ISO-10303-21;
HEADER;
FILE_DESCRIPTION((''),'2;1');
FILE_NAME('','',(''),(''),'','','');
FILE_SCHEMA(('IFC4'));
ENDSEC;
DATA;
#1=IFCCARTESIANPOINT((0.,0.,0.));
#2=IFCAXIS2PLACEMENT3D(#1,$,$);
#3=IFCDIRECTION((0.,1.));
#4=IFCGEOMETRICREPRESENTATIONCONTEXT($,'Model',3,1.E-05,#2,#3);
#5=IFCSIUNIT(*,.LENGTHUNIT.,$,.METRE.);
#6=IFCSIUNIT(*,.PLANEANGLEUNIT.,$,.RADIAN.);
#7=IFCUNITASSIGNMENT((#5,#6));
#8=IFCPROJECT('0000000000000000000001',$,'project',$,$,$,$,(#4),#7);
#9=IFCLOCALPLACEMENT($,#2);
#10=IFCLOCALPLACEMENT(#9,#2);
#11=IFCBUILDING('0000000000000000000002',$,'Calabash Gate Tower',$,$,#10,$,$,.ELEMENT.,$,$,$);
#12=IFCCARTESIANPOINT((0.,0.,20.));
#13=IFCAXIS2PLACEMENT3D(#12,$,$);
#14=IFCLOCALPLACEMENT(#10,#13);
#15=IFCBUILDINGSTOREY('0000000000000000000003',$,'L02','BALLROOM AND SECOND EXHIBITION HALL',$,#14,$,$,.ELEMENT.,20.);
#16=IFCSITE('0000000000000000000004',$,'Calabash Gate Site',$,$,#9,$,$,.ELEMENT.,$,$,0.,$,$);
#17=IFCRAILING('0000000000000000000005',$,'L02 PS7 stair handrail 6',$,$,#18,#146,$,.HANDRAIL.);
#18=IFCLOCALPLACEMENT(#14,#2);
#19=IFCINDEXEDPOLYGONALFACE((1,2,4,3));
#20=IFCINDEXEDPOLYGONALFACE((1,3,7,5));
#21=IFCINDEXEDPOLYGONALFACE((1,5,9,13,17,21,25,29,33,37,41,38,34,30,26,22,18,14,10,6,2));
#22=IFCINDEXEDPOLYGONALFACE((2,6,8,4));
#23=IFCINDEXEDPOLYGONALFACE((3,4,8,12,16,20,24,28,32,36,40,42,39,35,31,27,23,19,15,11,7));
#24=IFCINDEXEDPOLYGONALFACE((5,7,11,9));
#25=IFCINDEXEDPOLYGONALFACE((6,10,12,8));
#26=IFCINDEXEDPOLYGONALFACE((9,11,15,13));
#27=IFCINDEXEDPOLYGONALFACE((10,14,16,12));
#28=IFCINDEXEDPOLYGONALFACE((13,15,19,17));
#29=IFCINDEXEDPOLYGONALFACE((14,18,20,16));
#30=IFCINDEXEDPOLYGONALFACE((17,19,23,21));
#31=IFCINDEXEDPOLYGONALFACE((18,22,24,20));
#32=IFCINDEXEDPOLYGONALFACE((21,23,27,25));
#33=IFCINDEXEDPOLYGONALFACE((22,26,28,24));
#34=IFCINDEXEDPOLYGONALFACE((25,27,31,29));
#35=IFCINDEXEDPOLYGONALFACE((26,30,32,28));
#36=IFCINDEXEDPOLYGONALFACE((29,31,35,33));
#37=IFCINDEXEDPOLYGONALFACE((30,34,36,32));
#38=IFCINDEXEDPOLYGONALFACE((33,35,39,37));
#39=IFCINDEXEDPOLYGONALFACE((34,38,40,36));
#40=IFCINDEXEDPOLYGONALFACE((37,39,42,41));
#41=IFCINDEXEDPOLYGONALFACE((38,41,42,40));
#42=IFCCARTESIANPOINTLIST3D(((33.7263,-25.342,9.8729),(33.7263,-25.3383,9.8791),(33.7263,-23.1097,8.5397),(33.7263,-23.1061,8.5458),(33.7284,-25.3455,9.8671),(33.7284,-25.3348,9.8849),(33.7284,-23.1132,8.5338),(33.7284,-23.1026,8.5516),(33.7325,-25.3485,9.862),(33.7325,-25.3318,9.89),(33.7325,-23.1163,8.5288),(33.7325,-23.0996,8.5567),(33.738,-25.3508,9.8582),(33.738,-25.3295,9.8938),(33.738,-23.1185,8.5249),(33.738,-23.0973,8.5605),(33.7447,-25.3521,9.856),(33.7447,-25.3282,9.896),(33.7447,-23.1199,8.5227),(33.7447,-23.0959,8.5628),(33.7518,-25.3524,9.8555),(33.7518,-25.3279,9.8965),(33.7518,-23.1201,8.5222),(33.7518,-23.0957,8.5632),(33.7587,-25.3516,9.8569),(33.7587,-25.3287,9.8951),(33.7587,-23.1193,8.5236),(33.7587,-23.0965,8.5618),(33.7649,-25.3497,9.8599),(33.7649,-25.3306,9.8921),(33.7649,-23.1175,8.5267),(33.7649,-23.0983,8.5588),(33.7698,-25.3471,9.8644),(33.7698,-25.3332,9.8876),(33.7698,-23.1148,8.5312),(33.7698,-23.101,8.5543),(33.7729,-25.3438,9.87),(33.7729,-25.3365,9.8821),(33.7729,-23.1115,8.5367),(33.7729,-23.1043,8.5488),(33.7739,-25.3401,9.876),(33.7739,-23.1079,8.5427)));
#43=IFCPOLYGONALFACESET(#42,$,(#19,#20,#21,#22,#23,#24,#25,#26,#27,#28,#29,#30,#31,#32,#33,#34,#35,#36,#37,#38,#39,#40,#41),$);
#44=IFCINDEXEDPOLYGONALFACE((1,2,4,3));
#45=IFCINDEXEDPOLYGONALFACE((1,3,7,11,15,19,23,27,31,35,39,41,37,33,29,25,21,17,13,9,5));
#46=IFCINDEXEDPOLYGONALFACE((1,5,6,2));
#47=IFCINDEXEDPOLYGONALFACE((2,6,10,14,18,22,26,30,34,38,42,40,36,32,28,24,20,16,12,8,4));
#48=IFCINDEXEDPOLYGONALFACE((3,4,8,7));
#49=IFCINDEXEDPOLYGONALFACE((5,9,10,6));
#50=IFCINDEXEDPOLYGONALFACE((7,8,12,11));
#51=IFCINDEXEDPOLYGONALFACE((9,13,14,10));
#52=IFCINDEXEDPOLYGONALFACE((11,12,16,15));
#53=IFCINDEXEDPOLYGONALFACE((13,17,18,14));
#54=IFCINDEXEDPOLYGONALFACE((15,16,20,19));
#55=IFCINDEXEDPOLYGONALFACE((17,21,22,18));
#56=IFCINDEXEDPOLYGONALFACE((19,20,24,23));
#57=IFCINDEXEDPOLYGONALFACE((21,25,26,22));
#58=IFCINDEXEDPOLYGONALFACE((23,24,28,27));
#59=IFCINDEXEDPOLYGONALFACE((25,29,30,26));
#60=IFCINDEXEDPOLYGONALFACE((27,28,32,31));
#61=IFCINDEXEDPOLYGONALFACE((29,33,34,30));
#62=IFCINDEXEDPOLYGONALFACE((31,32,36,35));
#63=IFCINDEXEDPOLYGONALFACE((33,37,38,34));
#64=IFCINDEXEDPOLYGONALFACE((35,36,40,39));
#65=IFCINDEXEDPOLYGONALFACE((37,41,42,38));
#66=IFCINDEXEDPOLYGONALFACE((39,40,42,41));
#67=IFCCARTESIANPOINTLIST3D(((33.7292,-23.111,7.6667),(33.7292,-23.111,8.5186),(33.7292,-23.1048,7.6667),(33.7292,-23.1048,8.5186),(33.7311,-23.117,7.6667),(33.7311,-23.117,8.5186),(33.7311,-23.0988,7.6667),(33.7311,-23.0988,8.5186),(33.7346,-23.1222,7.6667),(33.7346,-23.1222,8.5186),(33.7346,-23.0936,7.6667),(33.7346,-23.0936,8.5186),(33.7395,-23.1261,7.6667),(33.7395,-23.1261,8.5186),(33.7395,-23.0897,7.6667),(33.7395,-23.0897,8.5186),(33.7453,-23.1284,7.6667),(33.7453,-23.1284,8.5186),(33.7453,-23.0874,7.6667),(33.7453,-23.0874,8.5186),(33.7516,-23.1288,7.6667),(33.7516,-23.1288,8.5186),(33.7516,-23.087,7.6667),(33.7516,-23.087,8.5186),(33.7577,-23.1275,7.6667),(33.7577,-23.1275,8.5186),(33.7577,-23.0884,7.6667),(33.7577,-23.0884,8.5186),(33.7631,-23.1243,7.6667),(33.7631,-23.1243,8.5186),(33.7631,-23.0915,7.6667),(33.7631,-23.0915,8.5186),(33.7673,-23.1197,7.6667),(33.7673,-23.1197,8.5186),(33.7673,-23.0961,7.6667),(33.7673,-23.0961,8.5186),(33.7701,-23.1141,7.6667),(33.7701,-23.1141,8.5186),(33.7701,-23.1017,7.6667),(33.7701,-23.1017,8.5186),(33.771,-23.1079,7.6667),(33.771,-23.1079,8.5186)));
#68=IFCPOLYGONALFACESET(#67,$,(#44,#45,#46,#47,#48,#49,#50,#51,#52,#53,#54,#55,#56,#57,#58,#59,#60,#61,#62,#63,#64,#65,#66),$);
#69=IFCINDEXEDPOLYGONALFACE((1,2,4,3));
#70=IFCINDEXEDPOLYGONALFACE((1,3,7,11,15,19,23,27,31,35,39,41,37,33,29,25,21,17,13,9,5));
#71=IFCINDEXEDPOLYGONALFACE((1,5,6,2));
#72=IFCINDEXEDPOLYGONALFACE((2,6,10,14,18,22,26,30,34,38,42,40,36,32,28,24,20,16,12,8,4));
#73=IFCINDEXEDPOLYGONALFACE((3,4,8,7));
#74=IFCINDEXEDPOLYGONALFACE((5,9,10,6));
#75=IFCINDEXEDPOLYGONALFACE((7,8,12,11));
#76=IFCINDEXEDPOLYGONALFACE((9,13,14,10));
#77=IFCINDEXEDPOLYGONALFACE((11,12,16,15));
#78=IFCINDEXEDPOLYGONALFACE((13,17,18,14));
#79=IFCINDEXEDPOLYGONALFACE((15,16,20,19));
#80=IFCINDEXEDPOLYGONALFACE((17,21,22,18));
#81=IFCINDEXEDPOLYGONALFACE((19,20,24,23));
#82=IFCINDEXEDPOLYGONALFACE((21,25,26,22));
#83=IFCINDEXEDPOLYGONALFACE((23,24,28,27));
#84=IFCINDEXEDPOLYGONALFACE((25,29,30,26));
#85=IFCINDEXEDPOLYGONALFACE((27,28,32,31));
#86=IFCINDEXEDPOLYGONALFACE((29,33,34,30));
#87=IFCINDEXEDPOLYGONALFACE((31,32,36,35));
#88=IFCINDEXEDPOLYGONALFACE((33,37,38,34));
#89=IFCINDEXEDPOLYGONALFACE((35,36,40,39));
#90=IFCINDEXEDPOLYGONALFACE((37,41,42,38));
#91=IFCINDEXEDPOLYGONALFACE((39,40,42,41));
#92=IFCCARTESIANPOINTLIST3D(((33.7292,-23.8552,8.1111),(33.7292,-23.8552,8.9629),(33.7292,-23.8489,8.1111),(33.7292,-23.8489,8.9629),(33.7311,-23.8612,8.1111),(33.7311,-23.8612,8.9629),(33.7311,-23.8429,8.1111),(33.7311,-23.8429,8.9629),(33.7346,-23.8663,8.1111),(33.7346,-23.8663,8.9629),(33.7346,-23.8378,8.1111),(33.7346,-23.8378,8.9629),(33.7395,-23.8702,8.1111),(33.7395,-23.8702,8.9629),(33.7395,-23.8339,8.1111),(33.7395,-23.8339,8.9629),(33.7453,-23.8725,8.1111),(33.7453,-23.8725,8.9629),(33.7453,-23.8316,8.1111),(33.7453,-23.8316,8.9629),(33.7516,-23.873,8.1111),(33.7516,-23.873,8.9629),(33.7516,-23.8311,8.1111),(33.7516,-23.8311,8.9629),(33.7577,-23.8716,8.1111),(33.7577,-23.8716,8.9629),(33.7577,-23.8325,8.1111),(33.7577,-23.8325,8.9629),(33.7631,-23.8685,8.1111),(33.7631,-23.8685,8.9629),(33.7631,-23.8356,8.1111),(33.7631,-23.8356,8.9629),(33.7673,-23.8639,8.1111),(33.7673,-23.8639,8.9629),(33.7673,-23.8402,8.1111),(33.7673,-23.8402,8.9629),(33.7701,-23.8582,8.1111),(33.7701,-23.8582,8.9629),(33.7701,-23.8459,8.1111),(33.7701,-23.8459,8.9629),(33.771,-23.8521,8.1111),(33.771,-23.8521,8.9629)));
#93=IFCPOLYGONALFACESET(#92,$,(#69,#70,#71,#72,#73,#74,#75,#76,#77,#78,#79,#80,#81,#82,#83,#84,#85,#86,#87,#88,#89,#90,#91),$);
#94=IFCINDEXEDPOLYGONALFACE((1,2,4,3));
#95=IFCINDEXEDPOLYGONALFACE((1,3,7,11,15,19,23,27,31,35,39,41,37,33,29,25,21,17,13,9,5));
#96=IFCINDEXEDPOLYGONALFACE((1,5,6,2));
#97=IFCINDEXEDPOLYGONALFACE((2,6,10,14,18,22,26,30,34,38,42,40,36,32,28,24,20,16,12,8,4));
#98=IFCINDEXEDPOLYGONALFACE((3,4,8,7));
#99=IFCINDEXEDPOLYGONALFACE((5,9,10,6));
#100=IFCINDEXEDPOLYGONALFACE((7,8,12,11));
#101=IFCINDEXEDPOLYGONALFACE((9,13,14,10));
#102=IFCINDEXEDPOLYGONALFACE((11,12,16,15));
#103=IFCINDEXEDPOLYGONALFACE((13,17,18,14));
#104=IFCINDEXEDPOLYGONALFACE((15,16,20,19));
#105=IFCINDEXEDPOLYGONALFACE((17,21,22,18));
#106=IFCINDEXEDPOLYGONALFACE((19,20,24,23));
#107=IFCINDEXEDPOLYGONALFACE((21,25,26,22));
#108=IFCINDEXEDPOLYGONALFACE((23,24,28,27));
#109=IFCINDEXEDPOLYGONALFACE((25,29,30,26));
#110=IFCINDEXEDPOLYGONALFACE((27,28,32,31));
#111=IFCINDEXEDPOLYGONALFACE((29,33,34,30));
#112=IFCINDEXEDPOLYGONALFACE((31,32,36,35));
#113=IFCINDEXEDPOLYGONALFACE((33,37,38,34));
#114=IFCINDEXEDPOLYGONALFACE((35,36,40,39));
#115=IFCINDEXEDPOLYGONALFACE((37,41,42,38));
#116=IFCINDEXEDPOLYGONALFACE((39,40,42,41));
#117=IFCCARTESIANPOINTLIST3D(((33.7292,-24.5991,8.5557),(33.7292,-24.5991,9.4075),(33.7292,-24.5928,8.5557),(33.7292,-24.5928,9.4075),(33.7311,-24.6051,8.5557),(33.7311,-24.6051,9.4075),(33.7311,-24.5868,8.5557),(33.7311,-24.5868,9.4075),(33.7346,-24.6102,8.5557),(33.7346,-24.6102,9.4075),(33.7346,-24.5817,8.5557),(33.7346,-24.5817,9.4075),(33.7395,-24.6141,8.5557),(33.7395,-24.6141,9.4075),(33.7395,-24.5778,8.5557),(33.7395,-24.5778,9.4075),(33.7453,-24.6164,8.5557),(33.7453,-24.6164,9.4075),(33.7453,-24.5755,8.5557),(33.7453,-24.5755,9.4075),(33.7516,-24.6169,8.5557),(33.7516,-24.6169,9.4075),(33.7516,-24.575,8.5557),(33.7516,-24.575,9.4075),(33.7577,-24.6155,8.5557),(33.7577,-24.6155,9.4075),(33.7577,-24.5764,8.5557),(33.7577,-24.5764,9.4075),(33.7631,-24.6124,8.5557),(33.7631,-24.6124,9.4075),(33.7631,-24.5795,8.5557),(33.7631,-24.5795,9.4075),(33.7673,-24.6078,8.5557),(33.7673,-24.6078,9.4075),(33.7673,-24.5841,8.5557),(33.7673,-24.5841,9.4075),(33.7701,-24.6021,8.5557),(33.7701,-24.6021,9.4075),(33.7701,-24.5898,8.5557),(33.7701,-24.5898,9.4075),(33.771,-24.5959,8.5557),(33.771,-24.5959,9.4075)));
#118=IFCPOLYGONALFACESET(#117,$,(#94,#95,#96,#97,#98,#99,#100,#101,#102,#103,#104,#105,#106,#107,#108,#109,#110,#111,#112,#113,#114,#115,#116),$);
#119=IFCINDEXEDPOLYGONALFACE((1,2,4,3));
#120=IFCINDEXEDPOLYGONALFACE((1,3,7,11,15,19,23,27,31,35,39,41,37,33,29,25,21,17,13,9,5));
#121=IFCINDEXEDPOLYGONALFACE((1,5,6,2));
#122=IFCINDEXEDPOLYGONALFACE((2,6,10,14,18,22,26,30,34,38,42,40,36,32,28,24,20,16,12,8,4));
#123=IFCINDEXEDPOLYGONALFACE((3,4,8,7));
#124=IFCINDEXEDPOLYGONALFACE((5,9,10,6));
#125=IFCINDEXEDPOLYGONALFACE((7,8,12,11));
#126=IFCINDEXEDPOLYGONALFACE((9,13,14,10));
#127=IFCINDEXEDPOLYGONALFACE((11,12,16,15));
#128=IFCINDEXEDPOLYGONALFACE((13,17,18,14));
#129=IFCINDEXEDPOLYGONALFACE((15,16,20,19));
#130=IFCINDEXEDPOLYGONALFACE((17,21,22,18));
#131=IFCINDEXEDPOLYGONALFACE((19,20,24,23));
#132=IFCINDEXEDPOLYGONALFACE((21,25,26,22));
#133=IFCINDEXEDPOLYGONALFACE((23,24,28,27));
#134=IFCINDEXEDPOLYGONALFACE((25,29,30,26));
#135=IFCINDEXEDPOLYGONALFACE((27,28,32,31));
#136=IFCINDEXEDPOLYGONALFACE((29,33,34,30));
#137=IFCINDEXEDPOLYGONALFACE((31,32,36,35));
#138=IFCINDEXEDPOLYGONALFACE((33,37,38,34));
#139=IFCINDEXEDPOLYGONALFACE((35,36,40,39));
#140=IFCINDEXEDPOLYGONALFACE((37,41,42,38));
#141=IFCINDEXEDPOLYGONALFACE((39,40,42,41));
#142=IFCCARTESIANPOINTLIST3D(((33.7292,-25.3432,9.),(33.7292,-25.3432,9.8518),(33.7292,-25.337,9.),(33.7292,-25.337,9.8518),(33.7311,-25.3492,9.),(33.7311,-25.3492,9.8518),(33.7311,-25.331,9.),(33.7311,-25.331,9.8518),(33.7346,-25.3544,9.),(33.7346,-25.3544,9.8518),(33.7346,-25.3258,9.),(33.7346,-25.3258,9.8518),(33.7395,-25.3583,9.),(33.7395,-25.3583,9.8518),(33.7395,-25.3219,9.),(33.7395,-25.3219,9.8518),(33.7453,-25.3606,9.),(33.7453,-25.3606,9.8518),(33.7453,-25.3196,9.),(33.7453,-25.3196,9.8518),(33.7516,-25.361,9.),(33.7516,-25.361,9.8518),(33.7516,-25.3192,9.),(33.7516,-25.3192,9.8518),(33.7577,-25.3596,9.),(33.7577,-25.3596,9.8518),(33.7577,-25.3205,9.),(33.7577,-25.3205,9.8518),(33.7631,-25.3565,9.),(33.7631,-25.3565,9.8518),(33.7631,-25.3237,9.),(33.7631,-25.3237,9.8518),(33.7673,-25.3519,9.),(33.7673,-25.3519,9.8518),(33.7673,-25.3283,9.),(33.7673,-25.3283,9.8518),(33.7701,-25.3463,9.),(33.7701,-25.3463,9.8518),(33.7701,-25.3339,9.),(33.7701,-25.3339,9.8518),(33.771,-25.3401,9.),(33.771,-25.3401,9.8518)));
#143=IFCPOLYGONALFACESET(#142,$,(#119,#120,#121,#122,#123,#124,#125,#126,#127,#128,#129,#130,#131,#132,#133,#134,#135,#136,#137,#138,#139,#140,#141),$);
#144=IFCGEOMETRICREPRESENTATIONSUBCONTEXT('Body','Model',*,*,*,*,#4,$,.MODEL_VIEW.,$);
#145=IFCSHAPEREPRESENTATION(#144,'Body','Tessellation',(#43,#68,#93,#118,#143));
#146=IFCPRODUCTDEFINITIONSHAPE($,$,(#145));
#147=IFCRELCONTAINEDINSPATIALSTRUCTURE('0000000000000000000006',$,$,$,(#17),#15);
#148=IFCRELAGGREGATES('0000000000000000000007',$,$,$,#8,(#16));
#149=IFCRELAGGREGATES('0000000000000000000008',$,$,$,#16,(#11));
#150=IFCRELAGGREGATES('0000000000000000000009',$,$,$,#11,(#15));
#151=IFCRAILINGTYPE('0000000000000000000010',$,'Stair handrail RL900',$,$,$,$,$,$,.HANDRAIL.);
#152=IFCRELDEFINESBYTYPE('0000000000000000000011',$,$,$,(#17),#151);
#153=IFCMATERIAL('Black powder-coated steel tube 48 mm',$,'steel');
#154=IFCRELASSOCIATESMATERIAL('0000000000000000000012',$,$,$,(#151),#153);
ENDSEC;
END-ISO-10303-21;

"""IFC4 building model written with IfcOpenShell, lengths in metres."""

from ifc_helpers import new_model, si_unit, direction, frame, origin, origin_2d, place, context, subcontext, project, spatial, circle, extrude, material, type_object, element, save


model = new_model("IFC4")

# Units and contexts
model_context = context("Model", 3, precision=1e-05, world=origin(), true_north=direction((0.0, 1.0)))
body_context = subcontext(model_context, "Body", "Model", "MODEL_VIEW")
ifc_project = project(units=[si_unit("LENGTHUNIT", "METRE"), si_unit("PLANEANGLEUNIT", "RADIAN")], contexts=[model_context])

# Site, building, storey
site_placement = place(None, origin())
site = spatial("IfcSite", under=ifc_project, at=site_placement, Name="Calabash Gate Site", CompositionType="ELEMENT", RefElevation=0.0)
building_placement = place(site_placement, origin())
building = spatial("IfcBuilding", under=site, at=building_placement, Name="Calabash Gate Tower", CompositionType="ELEMENT")
storey_placement = place(building_placement, frame((0.0, 0.0, 20.0)))
storey = spatial("IfcBuildingStorey", under=building, at=storey_placement, Name="L02", Description="BALLROOM AND SECOND EXHIBITION HALL", CompositionType="ELEMENT", Elevation=20.0)

# Railing
ifc_material_1 = material(Name="Black powder-coated steel tube 48 mm", Category="steel")
railing_type_1 = type_object("IfcRailingType", Name="Stair handrail RL900", PredefinedType="HANDRAIL", material=ifc_material_1)
for number, where, name in (
    (1, (33.75, -23.1079, 7.6667), "L02 PS7 stair handrail 6"),
):
    element("IfcRailing", number, at=place(storey_placement, frame(where)), inside=storey, type_object=railing_type_1, Name=name, PredefinedType="HANDRAIL", context=body_context, shape_type="SweptSolid", body=[
        extrude(circle(Radius=0.0239, at=origin_2d()), frame((0.0, 0.0, 0.876), z_axis=(0.0, -0.858519, 0.512782), x_axis=(1.0, 0.0, 0.0)), (0.0, 0.0, 1.0), 2.6001),
        extrude(circle(Radius=0.021, at=origin_2d()), origin(), (0.0, 0.0, 1.0), 0.8518),
        extrude(circle(Radius=0.021, at=origin_2d()), frame((0.0, -0.7441, 0.4443)), (0.0, 0.0, 1.0), 0.8518),
        extrude(circle(Radius=0.021, at=origin_2d()), frame((0.0, -1.488, 0.8889)), (0.0, 0.0, 1.0), 0.8518),
        extrude(circle(Radius=0.021, at=origin_2d()), frame((0.0, -2.2322, 1.3333)), (0.0, 0.0, 1.0), 0.8518),
    ])

save(model, "model.ifc")
